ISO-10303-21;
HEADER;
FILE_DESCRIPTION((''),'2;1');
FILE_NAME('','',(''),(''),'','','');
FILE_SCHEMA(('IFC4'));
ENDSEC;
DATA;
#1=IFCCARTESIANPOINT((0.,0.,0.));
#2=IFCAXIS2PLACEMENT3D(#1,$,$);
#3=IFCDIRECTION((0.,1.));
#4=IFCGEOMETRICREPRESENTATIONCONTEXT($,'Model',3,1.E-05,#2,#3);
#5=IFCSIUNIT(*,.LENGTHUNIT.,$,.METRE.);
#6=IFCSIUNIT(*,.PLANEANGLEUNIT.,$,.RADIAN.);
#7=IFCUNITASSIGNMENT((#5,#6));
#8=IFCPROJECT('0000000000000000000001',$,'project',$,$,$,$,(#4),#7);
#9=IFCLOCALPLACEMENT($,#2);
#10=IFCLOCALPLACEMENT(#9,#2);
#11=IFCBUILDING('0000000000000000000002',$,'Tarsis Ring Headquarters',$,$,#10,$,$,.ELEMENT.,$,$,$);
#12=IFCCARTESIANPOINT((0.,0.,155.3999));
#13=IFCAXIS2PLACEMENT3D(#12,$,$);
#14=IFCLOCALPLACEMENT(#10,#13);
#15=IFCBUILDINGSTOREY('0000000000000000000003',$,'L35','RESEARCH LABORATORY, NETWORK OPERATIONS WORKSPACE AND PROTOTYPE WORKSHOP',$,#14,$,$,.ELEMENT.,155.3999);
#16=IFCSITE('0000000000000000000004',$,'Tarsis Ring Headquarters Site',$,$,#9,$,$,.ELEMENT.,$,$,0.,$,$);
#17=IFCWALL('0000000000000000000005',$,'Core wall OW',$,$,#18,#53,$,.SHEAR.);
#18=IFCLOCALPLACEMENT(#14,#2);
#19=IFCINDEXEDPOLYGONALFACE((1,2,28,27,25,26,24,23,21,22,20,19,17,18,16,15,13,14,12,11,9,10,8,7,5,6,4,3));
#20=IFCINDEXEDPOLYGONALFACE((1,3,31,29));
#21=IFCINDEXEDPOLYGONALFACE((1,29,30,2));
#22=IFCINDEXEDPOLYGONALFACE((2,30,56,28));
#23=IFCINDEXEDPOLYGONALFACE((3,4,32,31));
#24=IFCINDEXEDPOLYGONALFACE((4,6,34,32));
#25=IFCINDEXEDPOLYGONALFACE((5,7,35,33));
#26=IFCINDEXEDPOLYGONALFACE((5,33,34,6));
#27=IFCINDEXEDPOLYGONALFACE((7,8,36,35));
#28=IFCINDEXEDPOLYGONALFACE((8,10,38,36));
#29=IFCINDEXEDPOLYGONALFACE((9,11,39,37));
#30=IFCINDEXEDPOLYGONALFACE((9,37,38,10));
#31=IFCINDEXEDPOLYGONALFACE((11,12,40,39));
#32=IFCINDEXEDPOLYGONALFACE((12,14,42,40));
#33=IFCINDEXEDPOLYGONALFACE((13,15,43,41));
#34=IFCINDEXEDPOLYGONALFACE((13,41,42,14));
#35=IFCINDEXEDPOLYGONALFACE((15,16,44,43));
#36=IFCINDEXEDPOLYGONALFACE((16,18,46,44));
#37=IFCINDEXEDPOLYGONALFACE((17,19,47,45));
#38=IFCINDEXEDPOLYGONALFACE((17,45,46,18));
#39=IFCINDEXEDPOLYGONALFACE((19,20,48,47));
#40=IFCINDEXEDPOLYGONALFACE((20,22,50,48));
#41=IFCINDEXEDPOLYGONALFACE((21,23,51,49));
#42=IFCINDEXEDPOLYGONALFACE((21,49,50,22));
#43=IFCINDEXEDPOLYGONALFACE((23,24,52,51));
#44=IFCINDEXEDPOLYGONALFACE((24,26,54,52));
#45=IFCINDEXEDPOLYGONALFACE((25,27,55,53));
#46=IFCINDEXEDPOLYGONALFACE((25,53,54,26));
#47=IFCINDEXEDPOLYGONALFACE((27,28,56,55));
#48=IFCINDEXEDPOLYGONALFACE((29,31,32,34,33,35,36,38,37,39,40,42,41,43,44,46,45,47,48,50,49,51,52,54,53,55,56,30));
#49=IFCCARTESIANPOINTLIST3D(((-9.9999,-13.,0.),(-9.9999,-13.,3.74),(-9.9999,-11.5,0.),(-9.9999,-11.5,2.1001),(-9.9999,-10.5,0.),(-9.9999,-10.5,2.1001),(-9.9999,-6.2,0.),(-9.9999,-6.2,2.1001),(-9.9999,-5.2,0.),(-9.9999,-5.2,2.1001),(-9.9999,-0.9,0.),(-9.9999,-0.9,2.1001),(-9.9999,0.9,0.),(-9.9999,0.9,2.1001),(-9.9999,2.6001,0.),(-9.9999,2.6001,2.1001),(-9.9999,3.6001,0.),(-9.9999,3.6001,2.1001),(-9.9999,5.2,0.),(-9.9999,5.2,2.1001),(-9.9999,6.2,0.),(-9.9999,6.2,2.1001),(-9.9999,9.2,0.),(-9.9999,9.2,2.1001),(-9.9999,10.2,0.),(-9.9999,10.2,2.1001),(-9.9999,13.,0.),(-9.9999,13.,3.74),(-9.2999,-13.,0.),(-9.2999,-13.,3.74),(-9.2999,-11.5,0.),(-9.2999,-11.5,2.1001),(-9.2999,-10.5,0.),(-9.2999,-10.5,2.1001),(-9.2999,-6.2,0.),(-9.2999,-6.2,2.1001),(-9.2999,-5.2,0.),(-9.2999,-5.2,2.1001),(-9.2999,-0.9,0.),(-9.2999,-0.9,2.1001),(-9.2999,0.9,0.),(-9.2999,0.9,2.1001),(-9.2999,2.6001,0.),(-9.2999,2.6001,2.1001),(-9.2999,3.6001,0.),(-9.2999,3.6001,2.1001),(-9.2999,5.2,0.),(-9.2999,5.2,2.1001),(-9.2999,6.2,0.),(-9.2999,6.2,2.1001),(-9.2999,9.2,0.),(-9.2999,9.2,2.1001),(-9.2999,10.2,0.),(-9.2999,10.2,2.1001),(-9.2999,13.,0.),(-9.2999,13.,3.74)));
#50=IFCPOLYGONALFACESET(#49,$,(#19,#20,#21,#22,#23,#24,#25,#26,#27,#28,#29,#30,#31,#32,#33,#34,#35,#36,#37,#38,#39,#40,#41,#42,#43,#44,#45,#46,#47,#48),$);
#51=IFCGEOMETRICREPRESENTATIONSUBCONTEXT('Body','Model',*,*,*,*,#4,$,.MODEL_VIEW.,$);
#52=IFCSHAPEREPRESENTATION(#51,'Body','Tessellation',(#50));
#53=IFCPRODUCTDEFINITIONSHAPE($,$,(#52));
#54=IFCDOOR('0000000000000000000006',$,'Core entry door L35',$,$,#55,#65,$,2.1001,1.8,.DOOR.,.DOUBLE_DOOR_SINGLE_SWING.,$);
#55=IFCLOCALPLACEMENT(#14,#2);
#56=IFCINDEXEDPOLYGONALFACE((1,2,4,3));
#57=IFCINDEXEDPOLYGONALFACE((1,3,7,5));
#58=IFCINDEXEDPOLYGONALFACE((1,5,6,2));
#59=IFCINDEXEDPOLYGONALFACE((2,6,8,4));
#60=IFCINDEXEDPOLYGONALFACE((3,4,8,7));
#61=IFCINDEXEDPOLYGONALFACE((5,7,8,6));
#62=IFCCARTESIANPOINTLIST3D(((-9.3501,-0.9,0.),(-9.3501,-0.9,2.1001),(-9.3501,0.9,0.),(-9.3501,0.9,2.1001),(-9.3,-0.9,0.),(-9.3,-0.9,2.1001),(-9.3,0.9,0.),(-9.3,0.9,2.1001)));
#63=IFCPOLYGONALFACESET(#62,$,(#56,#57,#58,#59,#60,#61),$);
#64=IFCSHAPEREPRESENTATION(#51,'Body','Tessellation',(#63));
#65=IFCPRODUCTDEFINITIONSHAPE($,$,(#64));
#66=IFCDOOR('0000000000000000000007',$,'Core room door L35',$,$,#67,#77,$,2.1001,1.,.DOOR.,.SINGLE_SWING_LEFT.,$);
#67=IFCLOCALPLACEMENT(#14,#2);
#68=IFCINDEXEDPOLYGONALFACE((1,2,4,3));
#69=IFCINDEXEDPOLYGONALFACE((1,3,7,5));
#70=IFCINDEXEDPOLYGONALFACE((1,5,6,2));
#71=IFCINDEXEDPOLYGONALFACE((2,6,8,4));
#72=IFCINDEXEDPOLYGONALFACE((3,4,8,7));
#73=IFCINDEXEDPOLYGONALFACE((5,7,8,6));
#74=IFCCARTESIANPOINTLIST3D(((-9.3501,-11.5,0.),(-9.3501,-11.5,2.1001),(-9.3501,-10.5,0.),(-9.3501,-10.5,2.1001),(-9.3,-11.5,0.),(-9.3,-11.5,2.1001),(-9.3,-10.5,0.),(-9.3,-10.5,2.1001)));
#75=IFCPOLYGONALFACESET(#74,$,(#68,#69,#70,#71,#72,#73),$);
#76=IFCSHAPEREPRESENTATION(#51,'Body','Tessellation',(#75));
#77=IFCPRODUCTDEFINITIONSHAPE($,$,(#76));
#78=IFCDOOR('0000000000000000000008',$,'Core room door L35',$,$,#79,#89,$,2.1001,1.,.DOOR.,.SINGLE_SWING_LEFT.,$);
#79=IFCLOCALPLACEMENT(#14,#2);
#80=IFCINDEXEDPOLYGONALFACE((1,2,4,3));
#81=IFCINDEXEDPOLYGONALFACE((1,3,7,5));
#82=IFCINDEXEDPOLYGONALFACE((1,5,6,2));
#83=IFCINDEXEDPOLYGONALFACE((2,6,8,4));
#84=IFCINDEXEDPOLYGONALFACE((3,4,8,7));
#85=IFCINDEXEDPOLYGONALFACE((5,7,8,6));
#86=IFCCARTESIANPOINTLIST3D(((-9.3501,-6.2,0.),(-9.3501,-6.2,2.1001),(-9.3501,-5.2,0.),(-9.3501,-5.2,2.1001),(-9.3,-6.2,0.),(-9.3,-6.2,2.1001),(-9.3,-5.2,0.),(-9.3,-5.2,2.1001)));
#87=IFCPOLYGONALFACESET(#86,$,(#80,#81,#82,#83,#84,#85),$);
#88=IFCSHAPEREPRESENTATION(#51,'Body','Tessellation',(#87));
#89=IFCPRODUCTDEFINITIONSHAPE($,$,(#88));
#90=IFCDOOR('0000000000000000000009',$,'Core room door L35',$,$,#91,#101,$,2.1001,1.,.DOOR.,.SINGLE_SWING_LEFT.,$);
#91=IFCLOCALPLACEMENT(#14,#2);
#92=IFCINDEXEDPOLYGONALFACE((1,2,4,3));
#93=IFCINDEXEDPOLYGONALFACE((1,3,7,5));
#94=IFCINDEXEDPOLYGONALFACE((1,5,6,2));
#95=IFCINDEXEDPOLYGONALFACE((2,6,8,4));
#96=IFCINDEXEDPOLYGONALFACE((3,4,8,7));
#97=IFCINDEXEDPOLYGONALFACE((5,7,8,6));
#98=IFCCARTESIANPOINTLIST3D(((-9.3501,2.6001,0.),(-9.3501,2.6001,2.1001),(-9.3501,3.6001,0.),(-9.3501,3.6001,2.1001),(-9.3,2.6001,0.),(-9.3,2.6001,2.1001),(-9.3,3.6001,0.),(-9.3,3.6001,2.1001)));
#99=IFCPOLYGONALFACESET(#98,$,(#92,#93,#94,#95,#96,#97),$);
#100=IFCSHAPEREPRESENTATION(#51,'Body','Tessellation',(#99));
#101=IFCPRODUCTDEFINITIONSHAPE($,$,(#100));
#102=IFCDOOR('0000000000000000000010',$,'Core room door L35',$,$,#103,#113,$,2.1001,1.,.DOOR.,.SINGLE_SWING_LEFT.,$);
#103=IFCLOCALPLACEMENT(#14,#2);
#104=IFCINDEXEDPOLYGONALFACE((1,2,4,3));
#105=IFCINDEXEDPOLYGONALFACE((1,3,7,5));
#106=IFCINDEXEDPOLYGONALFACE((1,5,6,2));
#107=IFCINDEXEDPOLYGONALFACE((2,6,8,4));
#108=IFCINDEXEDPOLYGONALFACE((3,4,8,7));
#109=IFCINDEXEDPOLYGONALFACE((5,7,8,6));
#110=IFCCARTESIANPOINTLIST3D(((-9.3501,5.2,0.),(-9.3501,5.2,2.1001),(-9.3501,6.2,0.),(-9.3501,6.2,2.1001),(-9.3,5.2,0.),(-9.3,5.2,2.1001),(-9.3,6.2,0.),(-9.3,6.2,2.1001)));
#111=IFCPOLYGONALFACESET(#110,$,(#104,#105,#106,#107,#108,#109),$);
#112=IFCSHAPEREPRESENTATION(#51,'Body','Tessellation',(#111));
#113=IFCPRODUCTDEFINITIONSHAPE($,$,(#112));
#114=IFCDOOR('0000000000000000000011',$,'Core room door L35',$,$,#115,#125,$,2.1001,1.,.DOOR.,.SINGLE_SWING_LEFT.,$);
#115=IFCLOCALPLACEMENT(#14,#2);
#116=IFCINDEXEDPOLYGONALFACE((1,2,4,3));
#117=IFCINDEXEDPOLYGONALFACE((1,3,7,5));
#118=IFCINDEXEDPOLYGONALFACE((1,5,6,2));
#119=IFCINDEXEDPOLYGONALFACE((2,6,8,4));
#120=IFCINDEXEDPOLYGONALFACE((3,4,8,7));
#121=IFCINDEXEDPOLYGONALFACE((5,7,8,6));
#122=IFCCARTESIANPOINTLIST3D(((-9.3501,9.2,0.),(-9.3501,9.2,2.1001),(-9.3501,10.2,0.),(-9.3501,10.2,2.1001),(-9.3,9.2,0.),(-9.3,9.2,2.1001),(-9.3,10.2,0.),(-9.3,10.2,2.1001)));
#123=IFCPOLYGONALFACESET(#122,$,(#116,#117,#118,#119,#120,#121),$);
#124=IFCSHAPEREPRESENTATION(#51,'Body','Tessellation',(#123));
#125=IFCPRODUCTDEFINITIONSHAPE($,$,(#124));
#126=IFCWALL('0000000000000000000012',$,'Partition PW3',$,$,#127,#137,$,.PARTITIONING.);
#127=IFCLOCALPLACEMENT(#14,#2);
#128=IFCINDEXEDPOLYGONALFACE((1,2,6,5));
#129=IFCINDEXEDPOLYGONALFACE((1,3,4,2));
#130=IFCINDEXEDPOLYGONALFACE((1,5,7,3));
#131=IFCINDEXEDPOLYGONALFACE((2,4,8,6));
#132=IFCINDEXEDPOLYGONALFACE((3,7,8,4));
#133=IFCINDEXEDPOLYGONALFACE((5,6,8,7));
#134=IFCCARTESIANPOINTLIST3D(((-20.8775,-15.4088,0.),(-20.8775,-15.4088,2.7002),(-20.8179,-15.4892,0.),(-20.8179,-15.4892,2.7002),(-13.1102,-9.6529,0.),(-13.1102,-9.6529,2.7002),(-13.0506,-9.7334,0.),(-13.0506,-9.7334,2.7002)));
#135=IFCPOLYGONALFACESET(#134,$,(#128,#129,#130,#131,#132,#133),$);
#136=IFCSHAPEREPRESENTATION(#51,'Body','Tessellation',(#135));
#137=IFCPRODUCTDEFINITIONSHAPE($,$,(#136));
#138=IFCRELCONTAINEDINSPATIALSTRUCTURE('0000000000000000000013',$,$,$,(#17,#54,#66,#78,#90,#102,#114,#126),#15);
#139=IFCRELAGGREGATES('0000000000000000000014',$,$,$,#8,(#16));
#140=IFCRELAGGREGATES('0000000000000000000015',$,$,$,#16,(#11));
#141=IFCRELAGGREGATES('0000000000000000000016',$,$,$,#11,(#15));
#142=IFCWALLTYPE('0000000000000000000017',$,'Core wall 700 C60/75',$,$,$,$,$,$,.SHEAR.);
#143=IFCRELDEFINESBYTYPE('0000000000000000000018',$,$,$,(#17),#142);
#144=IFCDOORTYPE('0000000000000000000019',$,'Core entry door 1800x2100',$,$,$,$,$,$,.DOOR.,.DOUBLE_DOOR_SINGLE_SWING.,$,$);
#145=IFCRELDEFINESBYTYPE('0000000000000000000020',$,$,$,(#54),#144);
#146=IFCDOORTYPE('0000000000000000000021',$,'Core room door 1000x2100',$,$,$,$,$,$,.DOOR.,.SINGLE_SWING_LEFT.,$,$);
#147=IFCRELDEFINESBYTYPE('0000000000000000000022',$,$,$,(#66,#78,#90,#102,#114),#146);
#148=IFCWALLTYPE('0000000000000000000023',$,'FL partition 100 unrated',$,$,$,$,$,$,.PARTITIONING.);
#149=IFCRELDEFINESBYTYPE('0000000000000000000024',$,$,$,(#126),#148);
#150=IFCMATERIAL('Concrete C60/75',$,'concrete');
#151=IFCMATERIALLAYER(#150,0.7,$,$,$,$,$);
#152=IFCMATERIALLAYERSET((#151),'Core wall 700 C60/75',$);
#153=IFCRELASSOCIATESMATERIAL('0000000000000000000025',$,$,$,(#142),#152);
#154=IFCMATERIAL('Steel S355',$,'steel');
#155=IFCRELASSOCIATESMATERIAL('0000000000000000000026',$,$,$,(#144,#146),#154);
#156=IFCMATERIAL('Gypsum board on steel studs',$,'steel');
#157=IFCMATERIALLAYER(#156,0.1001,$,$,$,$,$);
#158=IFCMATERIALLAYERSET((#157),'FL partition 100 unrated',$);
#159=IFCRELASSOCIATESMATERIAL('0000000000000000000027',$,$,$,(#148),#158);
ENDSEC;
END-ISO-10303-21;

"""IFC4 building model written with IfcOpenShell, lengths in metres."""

from ifc_helpers import new_model, si_unit, direction, frame, frame_2d, origin, place, context, subcontext, project, spatial, rectangle, extrude, material, layer, layer_set, type_object, element, fill, save


model = new_model("IFC4")

# Units and contexts
model_context = context("Model", 3, precision=1e-05, world=origin(), true_north=direction((0.0, 1.0)))
body_context = subcontext(model_context, "Body", "Model", "MODEL_VIEW")
ifc_project = project(units=[si_unit("LENGTHUNIT", "METRE"), si_unit("PLANEANGLEUNIT", "RADIAN")], contexts=[model_context])

# Site, building, storey
site_placement = place(None, origin())
site = spatial("IfcSite", under=ifc_project, at=site_placement, Name="Tarsis Ring Headquarters Site", CompositionType="ELEMENT", RefElevation=0.0)
building_placement = place(site_placement, origin())
building = spatial("IfcBuilding", under=site, at=building_placement, Name="Tarsis Ring Headquarters", CompositionType="ELEMENT")
storey_placement = place(building_placement, frame((0.0, 0.0, 155.3999)))
storey = spatial("IfcBuildingStorey", under=building, at=storey_placement, Name="L35", Description="RESEARCH LABORATORY, NETWORK OPERATIONS WORKSPACE AND PROTOTYPE WORKSHOP", CompositionType="ELEMENT", Elevation=155.3999)

# Wall, openings, doors
ifc_material_1 = material(Name="Concrete C60/75", Category="concrete")
ifc_layer_1 = layer(ifc_material_1, 0.7)
ifc_layer_set_1 = layer_set([ifc_layer_1], Name="Core wall 700 C60/75")
wall_type_1 = type_object("IfcWallType", Name="Core wall 700 C60/75", PredefinedType="SHEAR", material=ifc_layer_set_1)
wall_1_placement = place(storey_placement, frame((-9.6499, -13.0, 0.0), z_axis=(0.0, 0.0, 1.0), x_axis=(0.0, 1.0, 0.0)))
wall_1 = element("IfcWall", 1, at=wall_1_placement, inside=storey, type_object=wall_type_1, Name="Core wall OW", PredefinedType="SHEAR", context=body_context, shape_type="SweptSolid", body=[
    extrude(rectangle(XDim=26.0, YDim=0.7, at=frame_2d((13.0, 0.0))), origin(), (0.0, 0.0, 1.0), 3.74),
])
opening_1_placement = place(wall_1_placement, frame((1.5, 0.0, 0.0)))
opening_1 = element("IfcOpeningElement", 2, at=opening_1_placement, cuts=wall_1, PredefinedType="OPENING", context=body_context, shape_type="SweptSolid", body=[
    extrude(rectangle(XDim=1.0, YDim=2.1001, at=frame_2d((0.5, 1.05))), frame((0.0, 0.3599, 0.0), z_axis=(0.0, -1.0, 0.0), x_axis=(1.0, 0.0, 0.0)), (0.0, 0.0, 1.0), 0.72),
])
opening_2_placement = place(wall_1_placement, frame((6.8, 0.0, 0.0)))
opening_2 = element("IfcOpeningElement", 3, at=opening_2_placement, cuts=wall_1, PredefinedType="OPENING", context=body_context, shape_type="SweptSolid", body=[
    extrude(rectangle(XDim=1.0, YDim=2.1001, at=frame_2d((0.5, 1.05))), frame((0.0, 0.3599, 0.0), z_axis=(0.0, -1.0, 0.0), x_axis=(1.0, 0.0, 0.0)), (0.0, 0.0, 1.0), 0.72),
])
opening_3_placement = place(wall_1_placement, frame((12.1001, 0.0, 0.0)))
opening_3 = element("IfcOpeningElement", 4, at=opening_3_placement, cuts=wall_1, PredefinedType="OPENING", context=body_context, shape_type="SweptSolid", body=[
    extrude(rectangle(XDim=1.8, YDim=2.1001, at=frame_2d((0.8999, 1.05))), frame((0.0, 0.3599, 0.0), z_axis=(0.0, -1.0, 0.0), x_axis=(1.0, 0.0, 0.0)), (0.0, 0.0, 1.0), 0.72),
])
opening_4_placement = place(wall_1_placement, frame((15.6001, 0.0, 0.0)))
opening_4 = element("IfcOpeningElement", 5, at=opening_4_placement, cuts=wall_1, PredefinedType="OPENING", context=body_context, shape_type="SweptSolid", body=[
    extrude(rectangle(XDim=1.0, YDim=2.1001, at=frame_2d((0.5, 1.05))), frame((0.0, 0.3599, 0.0), z_axis=(0.0, -1.0, 0.0), x_axis=(1.0, 0.0, 0.0)), (0.0, 0.0, 1.0), 0.72),
])
opening_5_placement = place(wall_1_placement, frame((18.2, 0.0, 0.0)))
opening_5 = element("IfcOpeningElement", 6, at=opening_5_placement, cuts=wall_1, PredefinedType="OPENING", context=body_context, shape_type="SweptSolid", body=[
    extrude(rectangle(XDim=1.0, YDim=2.1001, at=frame_2d((0.5, 1.05))), frame((0.0, 0.3599, 0.0), z_axis=(0.0, -1.0, 0.0), x_axis=(1.0, 0.0, 0.0)), (0.0, 0.0, 1.0), 0.72),
])
opening_6_placement = place(wall_1_placement, frame((22.2, 0.0, 0.0)))
opening_6 = element("IfcOpeningElement", 7, at=opening_6_placement, cuts=wall_1, PredefinedType="OPENING", context=body_context, shape_type="SweptSolid", body=[
    extrude(rectangle(XDim=1.0, YDim=2.1001, at=frame_2d((0.5, 1.05))), frame((0.0, 0.3599, 0.0), z_axis=(0.0, -1.0, 0.0), x_axis=(1.0, 0.0, 0.0)), (0.0, 0.0, 1.0), 0.72),
])
ifc_material_2 = material(Name="Steel S355", Category="steel")
door_type_1 = type_object("IfcDoorType", Name="Core entry door 1800x2100", OperationType="DOUBLE_DOOR_SINGLE_SWING", PredefinedType="DOOR", material=ifc_material_2)
door_1_placement = place(opening_3_placement, origin())
door_1 = element("IfcDoor", 8, at=door_1_placement, inside=storey, type_object=door_type_1, Name="Core entry door L35", OperationType="DOUBLE_DOOR_SINGLE_SWING", OverallHeight=2.1001, OverallWidth=1.8, PredefinedType="DOOR", context=body_context, shape_type="SweptSolid", body=[
    extrude(rectangle(XDim=1.8, YDim=2.1001, at=frame_2d((0.8999, 1.05))), frame((0.0, -0.2998, 0.0), z_axis=(0.0, -1.0, 0.0), x_axis=(1.0, 0.0, 0.0)), (0.0, 0.0, 1.0), 0.05),
])
fill(opening_3, door_1)
door_type_2 = type_object("IfcDoorType", Name="Core room door 1000x2100", OperationType="SINGLE_SWING_LEFT", PredefinedType="DOOR", material=ifc_material_2)
door_2_placement = place(opening_1_placement, origin())
door_2 = element("IfcDoor", 9, at=door_2_placement, inside=storey, type_object=door_type_2, Name="Core room door L35", OperationType="SINGLE_SWING_LEFT", OverallHeight=2.1001, OverallWidth=1.0, PredefinedType="DOOR", context=body_context, shape_type="SweptSolid", body=[
    extrude(rectangle(XDim=1.0, YDim=2.1001, at=frame_2d((0.5, 1.05))), frame((0.0, -0.2998, 0.0), z_axis=(0.0, -1.0, 0.0), x_axis=(1.0, 0.0, 0.0)), (0.0, 0.0, 1.0), 0.05),
])
fill(opening_1, door_2)
door_3_placement = place(opening_2_placement, origin())
door_3 = element("IfcDoor", 10, at=door_3_placement, inside=storey, type_object=door_type_2, Name="Core room door L35", OperationType="SINGLE_SWING_LEFT", OverallHeight=2.1001, OverallWidth=1.0, PredefinedType="DOOR", context=body_context, shape_type="SweptSolid", body=[
    extrude(rectangle(XDim=1.0, YDim=2.1001, at=frame_2d((0.5, 1.05))), frame((0.0, -0.2998, 0.0), z_axis=(0.0, -1.0, 0.0), x_axis=(1.0, 0.0, 0.0)), (0.0, 0.0, 1.0), 0.05),
])
fill(opening_2, door_3)
door_4_placement = place(opening_4_placement, origin())
door_4 = element("IfcDoor", 11, at=door_4_placement, inside=storey, type_object=door_type_2, Name="Core room door L35", OperationType="SINGLE_SWING_LEFT", OverallHeight=2.1001, OverallWidth=1.0, PredefinedType="DOOR", context=body_context, shape_type="SweptSolid", body=[
    extrude(rectangle(XDim=1.0, YDim=2.1001, at=frame_2d((0.5, 1.05))), frame((0.0, -0.2998, 0.0), z_axis=(0.0, -1.0, 0.0), x_axis=(1.0, 0.0, 0.0)), (0.0, 0.0, 1.0), 0.05),
])
fill(opening_4, door_4)
door_5_placement = place(opening_5_placement, origin())
door_5 = element("IfcDoor", 12, at=door_5_placement, inside=storey, type_object=door_type_2, Name="Core room door L35", OperationType="SINGLE_SWING_LEFT", OverallHeight=2.1001, OverallWidth=1.0, PredefinedType="DOOR", context=body_context, shape_type="SweptSolid", body=[
    extrude(rectangle(XDim=1.0, YDim=2.1001, at=frame_2d((0.5, 1.05))), frame((0.0, -0.2998, 0.0), z_axis=(0.0, -1.0, 0.0), x_axis=(1.0, 0.0, 0.0)), (0.0, 0.0, 1.0), 0.05),
])
fill(opening_5, door_5)
door_6_placement = place(opening_6_placement, origin())
door_6 = element("IfcDoor", 13, at=door_6_placement, inside=storey, type_object=door_type_2, Name="Core room door L35", OperationType="SINGLE_SWING_LEFT", OverallHeight=2.1001, OverallWidth=1.0, PredefinedType="DOOR", context=body_context, shape_type="SweptSolid", body=[
    extrude(rectangle(XDim=1.0, YDim=2.1001, at=frame_2d((0.5, 1.05))), frame((0.0, -0.2998, 0.0), z_axis=(0.0, -1.0, 0.0), x_axis=(1.0, 0.0, 0.0)), (0.0, 0.0, 1.0), 0.05),
])
fill(opening_6, door_6)

# Wall
ifc_material_3 = material(Name="Gypsum board on steel studs", Category="steel")
ifc_layer_2 = layer(ifc_material_3, 0.1001)
ifc_layer_set_2 = layer_set([ifc_layer_2], Name="FL partition 100 unrated")
wall_type_2 = type_object("IfcWallType", Name="FL partition 100 unrated", PredefinedType="PARTITIONING", material=ifc_layer_set_2)
wall_2_placement = place(storey_placement, frame((-20.8477, -15.449, 0.0), z_axis=(0.0, 0.0, 1.0), x_axis=(0.803444, 0.59538, 0.0)))
element("IfcWall", 14, at=wall_2_placement, inside=storey, type_object=wall_type_2, Name="Partition PW3", PredefinedType="PARTITIONING", context=body_context, shape_type="SweptSolid", body=[
    extrude(rectangle(XDim=9.6675, YDim=0.1001, at=frame_2d((4.8337, 0.0))), origin(), (0.0, 0.0, 1.0), 2.7002),
])

save(model, "model.ifc")
